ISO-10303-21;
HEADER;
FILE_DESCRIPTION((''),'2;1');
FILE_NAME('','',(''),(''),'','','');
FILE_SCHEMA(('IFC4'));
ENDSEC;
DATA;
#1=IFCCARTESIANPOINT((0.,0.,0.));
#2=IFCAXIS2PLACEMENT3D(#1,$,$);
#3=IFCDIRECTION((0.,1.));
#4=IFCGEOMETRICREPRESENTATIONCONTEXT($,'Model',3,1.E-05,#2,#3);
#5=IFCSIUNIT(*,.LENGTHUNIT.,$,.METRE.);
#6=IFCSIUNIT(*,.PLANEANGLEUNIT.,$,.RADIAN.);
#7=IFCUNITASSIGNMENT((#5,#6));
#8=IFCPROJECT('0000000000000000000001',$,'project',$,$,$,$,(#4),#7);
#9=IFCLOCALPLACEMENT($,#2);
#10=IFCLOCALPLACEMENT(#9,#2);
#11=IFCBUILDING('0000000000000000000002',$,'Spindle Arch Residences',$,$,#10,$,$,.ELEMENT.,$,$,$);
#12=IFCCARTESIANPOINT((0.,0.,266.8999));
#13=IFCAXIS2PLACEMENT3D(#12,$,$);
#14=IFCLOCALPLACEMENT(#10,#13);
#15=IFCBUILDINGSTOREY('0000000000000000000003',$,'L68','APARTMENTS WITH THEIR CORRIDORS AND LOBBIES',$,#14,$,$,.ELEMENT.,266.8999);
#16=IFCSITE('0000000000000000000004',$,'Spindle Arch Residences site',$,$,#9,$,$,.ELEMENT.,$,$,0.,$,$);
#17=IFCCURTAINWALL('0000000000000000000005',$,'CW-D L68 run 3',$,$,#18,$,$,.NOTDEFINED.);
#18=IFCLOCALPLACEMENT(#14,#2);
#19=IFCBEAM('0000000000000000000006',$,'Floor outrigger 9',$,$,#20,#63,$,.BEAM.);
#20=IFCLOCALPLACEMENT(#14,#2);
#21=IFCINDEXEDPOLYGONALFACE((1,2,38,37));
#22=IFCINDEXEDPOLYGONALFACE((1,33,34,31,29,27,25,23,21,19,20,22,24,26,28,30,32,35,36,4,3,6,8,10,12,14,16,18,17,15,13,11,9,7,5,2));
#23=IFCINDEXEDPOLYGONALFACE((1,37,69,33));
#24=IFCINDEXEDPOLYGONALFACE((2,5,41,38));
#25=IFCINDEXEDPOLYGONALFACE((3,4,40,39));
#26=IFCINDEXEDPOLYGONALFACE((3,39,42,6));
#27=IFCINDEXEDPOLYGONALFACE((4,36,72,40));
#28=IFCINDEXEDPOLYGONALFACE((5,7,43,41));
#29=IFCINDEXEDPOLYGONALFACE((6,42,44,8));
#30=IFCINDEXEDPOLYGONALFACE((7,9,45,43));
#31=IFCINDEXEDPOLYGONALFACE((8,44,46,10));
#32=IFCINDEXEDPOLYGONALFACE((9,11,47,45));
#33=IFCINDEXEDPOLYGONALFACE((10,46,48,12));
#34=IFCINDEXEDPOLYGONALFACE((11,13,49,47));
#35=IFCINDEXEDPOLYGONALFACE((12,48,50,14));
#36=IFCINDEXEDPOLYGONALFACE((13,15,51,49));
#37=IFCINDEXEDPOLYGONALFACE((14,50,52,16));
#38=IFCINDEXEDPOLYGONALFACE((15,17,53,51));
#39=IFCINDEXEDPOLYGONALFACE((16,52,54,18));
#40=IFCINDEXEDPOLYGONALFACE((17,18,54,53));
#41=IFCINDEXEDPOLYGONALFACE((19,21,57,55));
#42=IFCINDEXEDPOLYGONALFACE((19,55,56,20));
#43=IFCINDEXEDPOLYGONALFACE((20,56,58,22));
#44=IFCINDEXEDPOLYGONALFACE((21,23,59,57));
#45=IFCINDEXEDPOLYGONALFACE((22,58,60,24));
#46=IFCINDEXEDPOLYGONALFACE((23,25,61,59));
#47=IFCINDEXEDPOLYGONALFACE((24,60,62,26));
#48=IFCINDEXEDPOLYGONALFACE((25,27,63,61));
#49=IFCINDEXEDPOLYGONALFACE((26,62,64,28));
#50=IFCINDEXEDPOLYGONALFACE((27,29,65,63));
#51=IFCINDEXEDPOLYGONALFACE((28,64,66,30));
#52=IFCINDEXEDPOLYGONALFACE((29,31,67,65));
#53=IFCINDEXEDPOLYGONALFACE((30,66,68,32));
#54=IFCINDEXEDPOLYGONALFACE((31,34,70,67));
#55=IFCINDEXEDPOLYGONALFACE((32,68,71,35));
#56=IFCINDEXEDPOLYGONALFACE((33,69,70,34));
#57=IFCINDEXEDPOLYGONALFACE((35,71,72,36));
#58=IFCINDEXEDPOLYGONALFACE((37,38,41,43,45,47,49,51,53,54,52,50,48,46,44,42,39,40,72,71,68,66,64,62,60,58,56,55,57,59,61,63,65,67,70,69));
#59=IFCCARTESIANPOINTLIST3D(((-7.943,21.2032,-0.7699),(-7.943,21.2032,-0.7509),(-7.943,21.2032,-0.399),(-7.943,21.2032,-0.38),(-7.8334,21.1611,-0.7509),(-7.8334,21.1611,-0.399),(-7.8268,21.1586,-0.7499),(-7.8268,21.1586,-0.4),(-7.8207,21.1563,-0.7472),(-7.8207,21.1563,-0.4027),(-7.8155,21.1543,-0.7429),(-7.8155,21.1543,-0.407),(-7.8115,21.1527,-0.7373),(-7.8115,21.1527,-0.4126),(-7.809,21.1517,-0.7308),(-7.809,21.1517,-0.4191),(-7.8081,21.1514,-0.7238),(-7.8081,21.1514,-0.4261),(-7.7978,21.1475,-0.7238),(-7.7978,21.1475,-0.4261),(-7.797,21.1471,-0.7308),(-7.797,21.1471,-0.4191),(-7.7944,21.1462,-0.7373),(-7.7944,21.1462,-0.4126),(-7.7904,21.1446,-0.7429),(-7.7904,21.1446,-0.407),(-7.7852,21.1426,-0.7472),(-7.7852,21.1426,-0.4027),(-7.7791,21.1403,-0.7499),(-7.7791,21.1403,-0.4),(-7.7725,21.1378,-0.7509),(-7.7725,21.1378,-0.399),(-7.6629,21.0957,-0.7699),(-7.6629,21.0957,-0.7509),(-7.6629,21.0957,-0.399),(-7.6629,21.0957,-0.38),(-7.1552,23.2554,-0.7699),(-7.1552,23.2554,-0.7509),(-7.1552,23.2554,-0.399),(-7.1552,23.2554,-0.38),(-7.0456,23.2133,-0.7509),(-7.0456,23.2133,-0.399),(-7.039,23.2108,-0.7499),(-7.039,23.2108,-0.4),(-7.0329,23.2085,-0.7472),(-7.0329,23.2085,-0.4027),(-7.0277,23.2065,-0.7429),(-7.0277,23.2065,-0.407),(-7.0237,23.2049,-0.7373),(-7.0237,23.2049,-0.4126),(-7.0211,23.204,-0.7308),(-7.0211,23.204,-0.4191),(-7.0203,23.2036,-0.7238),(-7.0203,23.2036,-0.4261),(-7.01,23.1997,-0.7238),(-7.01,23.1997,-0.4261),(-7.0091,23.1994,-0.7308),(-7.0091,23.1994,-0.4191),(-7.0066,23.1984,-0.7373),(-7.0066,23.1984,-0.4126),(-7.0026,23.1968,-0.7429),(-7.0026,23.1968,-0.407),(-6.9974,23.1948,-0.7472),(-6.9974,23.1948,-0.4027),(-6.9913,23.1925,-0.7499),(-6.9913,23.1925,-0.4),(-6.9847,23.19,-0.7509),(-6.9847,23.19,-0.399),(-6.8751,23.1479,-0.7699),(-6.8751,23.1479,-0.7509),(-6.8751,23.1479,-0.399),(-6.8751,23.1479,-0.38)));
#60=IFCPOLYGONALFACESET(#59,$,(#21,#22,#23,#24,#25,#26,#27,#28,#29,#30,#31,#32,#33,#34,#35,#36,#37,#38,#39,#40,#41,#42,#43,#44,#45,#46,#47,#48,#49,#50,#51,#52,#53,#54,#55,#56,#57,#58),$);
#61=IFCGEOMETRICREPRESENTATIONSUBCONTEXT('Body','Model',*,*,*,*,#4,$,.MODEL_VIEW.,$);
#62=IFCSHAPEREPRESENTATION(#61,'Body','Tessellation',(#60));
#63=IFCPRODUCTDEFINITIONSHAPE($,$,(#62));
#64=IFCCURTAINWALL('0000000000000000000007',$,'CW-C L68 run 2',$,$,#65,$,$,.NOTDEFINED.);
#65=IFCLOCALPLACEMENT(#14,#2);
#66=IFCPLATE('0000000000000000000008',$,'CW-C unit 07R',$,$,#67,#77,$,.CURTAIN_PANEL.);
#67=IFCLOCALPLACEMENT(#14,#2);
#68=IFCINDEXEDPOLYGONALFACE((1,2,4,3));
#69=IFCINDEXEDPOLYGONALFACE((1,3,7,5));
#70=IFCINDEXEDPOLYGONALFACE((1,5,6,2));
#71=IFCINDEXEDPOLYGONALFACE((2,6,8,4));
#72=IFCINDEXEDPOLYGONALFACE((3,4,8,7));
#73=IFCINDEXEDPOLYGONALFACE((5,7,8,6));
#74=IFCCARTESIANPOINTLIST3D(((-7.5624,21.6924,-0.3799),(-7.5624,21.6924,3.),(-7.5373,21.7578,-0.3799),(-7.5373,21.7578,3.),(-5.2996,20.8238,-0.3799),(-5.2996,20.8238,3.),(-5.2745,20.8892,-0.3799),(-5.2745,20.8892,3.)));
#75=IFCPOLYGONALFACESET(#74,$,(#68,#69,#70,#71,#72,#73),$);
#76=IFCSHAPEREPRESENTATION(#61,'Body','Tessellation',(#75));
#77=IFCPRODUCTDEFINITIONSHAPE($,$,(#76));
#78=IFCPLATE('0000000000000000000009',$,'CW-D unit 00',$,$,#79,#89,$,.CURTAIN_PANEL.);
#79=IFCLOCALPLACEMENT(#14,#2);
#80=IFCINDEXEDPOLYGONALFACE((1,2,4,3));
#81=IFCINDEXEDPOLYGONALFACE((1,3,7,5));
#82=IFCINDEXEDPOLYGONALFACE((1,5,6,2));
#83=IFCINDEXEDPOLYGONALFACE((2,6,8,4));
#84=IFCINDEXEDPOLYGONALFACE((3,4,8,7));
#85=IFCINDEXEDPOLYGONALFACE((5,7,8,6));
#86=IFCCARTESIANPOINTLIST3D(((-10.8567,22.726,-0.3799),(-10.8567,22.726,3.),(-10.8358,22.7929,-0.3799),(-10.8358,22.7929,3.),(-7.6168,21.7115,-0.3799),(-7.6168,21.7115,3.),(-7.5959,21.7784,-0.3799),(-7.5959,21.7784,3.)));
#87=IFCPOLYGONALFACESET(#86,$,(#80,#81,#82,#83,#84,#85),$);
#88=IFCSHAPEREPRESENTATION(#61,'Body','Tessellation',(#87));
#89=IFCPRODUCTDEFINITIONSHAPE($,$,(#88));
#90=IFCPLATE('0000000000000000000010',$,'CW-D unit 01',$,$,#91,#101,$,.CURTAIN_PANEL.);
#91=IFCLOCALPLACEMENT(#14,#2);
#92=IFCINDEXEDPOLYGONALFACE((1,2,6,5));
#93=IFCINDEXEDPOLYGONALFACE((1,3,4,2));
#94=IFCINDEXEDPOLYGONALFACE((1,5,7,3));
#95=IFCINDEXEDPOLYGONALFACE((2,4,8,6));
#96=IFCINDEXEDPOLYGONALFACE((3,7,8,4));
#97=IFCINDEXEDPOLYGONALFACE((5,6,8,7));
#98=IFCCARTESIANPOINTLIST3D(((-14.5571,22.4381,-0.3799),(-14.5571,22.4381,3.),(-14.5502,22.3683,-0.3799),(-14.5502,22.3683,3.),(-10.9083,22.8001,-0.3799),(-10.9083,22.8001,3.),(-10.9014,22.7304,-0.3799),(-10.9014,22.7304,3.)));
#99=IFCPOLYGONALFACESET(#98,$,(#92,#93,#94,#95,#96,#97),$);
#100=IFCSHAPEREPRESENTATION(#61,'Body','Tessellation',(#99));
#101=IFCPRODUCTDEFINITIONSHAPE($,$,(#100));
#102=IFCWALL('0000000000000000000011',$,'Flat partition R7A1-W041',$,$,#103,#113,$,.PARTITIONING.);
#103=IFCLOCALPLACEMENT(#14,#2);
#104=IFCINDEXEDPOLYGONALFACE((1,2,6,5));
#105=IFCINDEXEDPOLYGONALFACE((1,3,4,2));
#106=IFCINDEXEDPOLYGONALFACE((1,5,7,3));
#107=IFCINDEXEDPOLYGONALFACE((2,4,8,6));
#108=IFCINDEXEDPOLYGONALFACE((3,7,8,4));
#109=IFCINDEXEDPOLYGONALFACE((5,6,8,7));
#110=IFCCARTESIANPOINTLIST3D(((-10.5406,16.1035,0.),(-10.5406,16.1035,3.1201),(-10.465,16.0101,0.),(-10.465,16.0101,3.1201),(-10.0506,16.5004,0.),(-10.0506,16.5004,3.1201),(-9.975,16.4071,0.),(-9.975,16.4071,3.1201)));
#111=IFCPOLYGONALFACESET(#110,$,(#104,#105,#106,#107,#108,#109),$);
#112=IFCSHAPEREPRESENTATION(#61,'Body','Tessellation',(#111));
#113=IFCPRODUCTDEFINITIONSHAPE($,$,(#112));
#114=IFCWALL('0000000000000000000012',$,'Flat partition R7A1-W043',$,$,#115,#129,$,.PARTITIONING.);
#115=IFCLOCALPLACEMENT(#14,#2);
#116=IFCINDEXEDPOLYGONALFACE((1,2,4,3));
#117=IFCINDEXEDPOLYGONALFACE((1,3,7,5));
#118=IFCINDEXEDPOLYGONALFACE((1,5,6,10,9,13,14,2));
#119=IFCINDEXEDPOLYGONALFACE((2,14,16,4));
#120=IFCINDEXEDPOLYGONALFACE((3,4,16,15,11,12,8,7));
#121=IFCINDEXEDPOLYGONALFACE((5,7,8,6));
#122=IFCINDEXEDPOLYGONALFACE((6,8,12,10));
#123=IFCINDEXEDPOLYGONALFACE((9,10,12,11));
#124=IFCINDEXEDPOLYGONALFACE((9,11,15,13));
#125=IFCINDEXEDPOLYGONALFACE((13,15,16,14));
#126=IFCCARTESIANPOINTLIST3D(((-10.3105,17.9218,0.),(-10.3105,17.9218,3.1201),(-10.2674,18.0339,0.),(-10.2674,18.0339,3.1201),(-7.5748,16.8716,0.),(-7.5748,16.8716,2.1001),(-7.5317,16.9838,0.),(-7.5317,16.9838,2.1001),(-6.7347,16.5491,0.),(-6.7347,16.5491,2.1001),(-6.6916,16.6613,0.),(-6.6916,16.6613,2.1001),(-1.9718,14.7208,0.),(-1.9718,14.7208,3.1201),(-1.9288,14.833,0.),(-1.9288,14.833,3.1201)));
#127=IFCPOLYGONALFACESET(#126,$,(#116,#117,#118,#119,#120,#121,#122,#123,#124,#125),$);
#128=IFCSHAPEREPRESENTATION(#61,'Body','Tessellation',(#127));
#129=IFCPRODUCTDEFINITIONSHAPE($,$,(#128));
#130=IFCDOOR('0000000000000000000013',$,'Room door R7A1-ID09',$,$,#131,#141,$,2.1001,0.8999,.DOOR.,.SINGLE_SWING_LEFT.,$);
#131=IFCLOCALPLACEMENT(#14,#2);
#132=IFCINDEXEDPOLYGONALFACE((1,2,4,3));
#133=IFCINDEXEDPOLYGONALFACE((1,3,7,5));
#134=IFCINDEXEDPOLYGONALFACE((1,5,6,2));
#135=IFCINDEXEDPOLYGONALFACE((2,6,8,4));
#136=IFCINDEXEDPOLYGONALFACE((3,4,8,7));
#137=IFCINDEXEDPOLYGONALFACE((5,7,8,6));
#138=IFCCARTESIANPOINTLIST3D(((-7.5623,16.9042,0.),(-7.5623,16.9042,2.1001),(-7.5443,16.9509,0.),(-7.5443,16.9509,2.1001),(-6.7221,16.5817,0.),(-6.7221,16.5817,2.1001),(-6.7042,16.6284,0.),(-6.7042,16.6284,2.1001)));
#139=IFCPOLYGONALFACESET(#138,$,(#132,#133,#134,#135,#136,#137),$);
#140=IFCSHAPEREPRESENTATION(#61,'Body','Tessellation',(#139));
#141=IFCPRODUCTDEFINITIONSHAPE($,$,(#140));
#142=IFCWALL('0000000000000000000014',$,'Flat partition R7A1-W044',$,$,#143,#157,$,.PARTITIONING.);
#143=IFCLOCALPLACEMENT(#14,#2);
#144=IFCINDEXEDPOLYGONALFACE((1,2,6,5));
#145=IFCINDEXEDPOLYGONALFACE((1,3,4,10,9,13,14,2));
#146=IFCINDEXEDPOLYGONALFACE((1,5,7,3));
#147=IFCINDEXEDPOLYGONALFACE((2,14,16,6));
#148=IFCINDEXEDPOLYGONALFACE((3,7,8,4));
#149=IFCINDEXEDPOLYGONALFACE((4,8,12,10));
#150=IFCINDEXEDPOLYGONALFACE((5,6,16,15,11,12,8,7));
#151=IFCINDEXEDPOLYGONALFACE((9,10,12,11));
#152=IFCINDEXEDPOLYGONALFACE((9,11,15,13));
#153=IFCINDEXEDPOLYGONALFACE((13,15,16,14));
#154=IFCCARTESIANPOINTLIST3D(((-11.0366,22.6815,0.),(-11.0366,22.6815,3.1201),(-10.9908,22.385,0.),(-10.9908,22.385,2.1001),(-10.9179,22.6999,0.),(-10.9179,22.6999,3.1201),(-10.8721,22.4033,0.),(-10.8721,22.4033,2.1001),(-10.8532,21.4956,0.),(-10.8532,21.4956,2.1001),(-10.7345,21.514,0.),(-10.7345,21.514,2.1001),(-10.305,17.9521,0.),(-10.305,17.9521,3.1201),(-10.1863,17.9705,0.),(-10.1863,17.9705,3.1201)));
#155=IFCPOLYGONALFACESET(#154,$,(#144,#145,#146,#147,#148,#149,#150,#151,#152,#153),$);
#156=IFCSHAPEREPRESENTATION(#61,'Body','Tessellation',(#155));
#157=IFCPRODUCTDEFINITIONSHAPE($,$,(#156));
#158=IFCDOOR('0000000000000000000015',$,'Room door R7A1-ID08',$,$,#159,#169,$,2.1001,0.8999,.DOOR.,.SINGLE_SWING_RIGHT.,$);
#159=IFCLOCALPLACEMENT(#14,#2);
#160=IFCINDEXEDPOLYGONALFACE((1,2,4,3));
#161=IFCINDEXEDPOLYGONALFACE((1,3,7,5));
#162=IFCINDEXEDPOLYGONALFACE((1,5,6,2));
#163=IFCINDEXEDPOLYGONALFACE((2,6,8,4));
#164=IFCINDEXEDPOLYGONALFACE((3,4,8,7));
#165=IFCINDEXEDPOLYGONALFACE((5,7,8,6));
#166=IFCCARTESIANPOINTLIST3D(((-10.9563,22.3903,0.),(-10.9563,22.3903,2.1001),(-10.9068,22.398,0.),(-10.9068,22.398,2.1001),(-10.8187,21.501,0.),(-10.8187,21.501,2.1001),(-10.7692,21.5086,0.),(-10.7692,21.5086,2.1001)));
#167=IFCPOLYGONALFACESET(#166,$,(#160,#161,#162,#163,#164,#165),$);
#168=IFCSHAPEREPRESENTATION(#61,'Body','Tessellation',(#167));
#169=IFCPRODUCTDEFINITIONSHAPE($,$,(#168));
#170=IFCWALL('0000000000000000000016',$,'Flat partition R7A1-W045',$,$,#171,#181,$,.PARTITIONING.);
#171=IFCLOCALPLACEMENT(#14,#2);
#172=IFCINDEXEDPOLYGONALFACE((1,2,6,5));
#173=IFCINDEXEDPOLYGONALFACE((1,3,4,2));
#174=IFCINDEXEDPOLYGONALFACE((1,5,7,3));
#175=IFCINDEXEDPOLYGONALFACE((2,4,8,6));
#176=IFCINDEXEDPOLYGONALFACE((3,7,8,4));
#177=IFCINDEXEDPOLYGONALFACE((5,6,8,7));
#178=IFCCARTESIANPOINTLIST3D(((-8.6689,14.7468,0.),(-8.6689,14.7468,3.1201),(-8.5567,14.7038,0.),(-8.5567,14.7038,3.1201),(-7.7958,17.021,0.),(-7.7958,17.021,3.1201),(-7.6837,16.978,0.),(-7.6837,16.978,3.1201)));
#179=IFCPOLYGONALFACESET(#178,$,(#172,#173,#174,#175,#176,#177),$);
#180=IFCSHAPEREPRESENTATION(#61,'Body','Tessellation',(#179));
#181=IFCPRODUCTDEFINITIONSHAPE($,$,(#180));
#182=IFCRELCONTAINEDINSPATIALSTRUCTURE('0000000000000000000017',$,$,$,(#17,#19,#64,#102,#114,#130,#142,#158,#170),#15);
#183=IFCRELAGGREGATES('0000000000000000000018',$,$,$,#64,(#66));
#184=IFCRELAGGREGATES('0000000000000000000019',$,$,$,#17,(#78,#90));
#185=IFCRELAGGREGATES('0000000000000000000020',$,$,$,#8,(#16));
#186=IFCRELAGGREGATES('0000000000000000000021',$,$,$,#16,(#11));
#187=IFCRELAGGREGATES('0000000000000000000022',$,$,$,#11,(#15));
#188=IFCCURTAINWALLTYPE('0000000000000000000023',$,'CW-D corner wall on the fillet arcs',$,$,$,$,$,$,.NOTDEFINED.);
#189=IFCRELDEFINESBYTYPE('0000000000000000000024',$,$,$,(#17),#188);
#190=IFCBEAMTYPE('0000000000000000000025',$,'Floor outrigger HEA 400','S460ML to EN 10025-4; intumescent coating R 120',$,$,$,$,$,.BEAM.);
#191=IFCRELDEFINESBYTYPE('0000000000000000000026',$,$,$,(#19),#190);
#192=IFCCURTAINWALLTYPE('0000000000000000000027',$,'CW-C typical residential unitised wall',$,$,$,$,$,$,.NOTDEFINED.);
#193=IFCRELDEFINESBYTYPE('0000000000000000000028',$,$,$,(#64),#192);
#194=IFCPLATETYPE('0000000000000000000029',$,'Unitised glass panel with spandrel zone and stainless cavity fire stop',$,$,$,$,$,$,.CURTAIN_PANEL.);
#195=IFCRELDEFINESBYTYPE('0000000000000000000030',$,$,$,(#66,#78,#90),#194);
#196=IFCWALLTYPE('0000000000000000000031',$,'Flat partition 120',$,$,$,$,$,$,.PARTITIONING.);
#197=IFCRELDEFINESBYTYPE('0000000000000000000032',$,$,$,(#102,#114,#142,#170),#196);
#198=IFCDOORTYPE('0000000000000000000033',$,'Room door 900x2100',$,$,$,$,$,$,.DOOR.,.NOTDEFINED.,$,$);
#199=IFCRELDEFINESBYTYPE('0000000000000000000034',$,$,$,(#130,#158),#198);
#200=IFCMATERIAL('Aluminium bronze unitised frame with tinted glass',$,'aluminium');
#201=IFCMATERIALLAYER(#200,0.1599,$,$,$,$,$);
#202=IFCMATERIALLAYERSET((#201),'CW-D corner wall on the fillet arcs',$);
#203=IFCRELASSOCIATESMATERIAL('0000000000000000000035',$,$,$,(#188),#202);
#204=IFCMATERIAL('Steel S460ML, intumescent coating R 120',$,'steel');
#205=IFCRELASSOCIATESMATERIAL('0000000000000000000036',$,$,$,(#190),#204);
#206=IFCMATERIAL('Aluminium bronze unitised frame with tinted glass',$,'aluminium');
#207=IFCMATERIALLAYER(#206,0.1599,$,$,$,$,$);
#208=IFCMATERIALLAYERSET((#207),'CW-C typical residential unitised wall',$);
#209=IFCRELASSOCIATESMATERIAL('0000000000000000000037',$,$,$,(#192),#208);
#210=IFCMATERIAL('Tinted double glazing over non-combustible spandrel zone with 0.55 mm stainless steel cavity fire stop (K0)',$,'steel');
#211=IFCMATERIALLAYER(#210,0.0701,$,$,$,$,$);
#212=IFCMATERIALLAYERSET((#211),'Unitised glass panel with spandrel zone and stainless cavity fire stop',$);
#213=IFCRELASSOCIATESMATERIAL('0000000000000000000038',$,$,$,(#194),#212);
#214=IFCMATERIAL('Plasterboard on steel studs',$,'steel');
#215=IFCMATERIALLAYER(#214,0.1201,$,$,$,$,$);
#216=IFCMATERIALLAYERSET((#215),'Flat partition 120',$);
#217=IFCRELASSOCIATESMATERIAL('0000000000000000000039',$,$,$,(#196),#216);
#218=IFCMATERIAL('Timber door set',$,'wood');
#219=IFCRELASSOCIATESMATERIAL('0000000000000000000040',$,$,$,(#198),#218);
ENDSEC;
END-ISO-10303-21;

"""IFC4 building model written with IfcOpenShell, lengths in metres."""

from ifc_helpers import new_model, si_unit, direction, frame, frame_2d, origin, origin_2d, place, context, subcontext, project, spatial, rectangle, i_section, extrude, material, layer, layer_set, material_profile, profile_set, type_object, element, fill, aggregate, save


model = new_model("IFC4")

# Units and contexts
model_context = context("Model", 3, precision=1e-05, world=origin(), true_north=direction((0.0, 1.0)))
body_context = subcontext(model_context, "Body", "Model", "MODEL_VIEW")
ifc_project = project(units=[si_unit("LENGTHUNIT", "METRE"), si_unit("PLANEANGLEUNIT", "RADIAN")], contexts=[model_context])

# Site, building, storey
site_placement = place(None, origin())
site = spatial("IfcSite", under=ifc_project, at=site_placement, Name="Spindle Arch Residences site", CompositionType="ELEMENT", RefElevation=0.0)
building_placement = place(site_placement, origin())
building = spatial("IfcBuilding", under=site, at=building_placement, Name="Spindle Arch Residences", CompositionType="ELEMENT")
storey_placement = place(building_placement, frame((0.0, 0.0, 266.8999)))
storey = spatial("IfcBuildingStorey", under=building, at=storey_placement, Name="L68", Description="APARTMENTS WITH THEIR CORRIDORS AND LOBBIES", CompositionType="ELEMENT", Elevation=266.8999)

# Curtain wall
ifc_material_1 = material(Name="Aluminium bronze unitised frame with tinted glass", Category="aluminium")
ifc_layer_1 = layer(ifc_material_1, 0.1599)
ifc_layer_set_1 = layer_set([ifc_layer_1], Name="CW-D corner wall on the fillet arcs")
curtain_wall_type_1 = type_object("IfcCurtainWallType", Name="CW-D corner wall on the fillet arcs", PredefinedType="NOTDEFINED", material=ifc_layer_set_1)
curtain_wall_1_placement = place(storey_placement, origin())
curtain_wall_1 = element("IfcCurtainWall", 1, at=curtain_wall_1_placement, inside=storey, type_object=curtain_wall_type_1, Name="CW-D L68 run 3", PredefinedType="NOTDEFINED")

# Beam
ifc_material_2 = material(Name="Steel S460ML, intumescent coating R 120", Category="steel")
ifc_material_profile_1 = material_profile(ifc_material_2, i_section(OverallWidth=0.3, OverallDepth=0.3899, WebThickness=0.011, FlangeThickness=0.019, FilletRadius=0.0271, at=origin_2d()), Name="HEA 400")
ifc_profile_set_1 = profile_set([ifc_material_profile_1], Name="Steel S460ML, intumescent coating R 120")
beam_type_1 = type_object("IfcBeamType", Name="Floor outrigger HEA 400", Description="S460ML to EN 10025-4; intumescent coating R 120", PredefinedType="BEAM", material=ifc_profile_set_1)
beam_1_placement = place(storey_placement, frame((-7.0151, 23.2017, -0.575), z_axis=(-0.358391, -0.933572, 0.0), x_axis=(0.933572, -0.358391, 0.0)))
element("IfcBeam", 2, at=beam_1_placement, inside=storey, type_object=beam_type_1, Name="Floor outrigger 9", PredefinedType="BEAM", context=body_context, shape_type="SweptSolid", body=[
    extrude(i_section(OverallWidth=0.3, OverallDepth=0.3899, WebThickness=0.011, FlangeThickness=0.019, FilletRadius=0.0271, at=origin_2d()), origin(), (0.0, 0.0, 1.0), 2.1982),
])

# Curtain wall, plate
ifc_material_3 = material(Name="Aluminium bronze unitised frame with tinted glass", Category="aluminium")
ifc_layer_2 = layer(ifc_material_3, 0.1599)
ifc_layer_set_2 = layer_set([ifc_layer_2], Name="CW-C typical residential unitised wall")
curtain_wall_type_2 = type_object("IfcCurtainWallType", Name="CW-C typical residential unitised wall", PredefinedType="NOTDEFINED", material=ifc_layer_set_2)
curtain_wall_2_placement = place(storey_placement, origin())
curtain_wall_2 = element("IfcCurtainWall", 3, at=curtain_wall_2_placement, inside=storey, type_object=curtain_wall_type_2, Name="CW-C L68 run 2", PredefinedType="NOTDEFINED")
ifc_material_4 = material(Name="Tinted double glazing over non-combustible spandrel zone with 0.55 mm stainless steel cavity fire stop (K0)", Category="steel")
ifc_layer_3 = layer(ifc_material_4, 0.0701)
ifc_layer_set_3 = layer_set([ifc_layer_3], Name="Unitised glass panel with spandrel zone and stainless cavity fire stop")
plate_type = type_object("IfcPlateType", Name="Unitised glass panel with spandrel zone and stainless cavity fire stop", PredefinedType="CURTAIN_PANEL", material=ifc_layer_set_3)
plate_1_placement = place(storey_placement, frame((-6.4185, 21.2908, -0.3799), z_axis=(0.0, 0.0, 1.0), x_axis=(-0.93358, 0.358368, 0.0)))
plate_1 = element("IfcPlate", 4, at=plate_1_placement, type_object=plate_type, Name="CW-C unit 07R", PredefinedType="CURTAIN_PANEL", context=body_context, shape_type="SweptSolid", body=[
    extrude(rectangle(XDim=2.4238, YDim=0.0701, at=origin_2d()), origin(), (0.0, 0.0, 1.0), 3.3799),
])
aggregate(curtain_wall_2, [plate_1])

# Plates
plate_2_placement = place(storey_placement, frame((-9.2263, 22.2522, -0.3799), z_axis=(0.0, 0.0, 1.0), x_axis=(-0.954315, 0.298803, 0.0)))
plate_2 = element("IfcPlate", 5, at=plate_2_placement, type_object=plate_type, Name="CW-D unit 00", PredefinedType="CURTAIN_PANEL", context=body_context, shape_type="SweptSolid", body=[
    extrude(rectangle(XDim=3.395, YDim=0.0701, at=origin_2d()), origin(), (0.0, 0.0, 1.0), 3.3799),
])
plate_3_placement = place(storey_placement, frame((-12.7292, 22.5842, -0.3799), z_axis=(0.0, 0.0, 1.0), x_axis=(-0.995113, -0.098741, 0.0)))
plate_3 = element("IfcPlate", 6, at=plate_3_placement, type_object=plate_type, Name="CW-D unit 01", PredefinedType="CURTAIN_PANEL", context=body_context, shape_type="SweptSolid", body=[
    extrude(rectangle(XDim=3.6667, YDim=0.0701, at=origin_2d()), origin(), (0.0, 0.0, 1.0), 3.3799),
])
aggregate(curtain_wall_1, [plate_2, plate_3])

# Wall
ifc_material_5 = material(Name="Plasterboard on steel studs", Category="steel")
ifc_layer_4 = layer(ifc_material_5, 0.1201)
ifc_layer_set_4 = layer_set([ifc_layer_4], Name="Flat partition 120")
wall_type = type_object("IfcWallType", Name="Flat partition 120", PredefinedType="PARTITIONING", material=ifc_layer_set_4)
wall_1_placement = place(storey_placement, frame((-10.0127, 16.4539, 0.0), z_axis=(0.0, 0.0, 1.0), x_axis=(-0.777001, -0.629499, 0.0)))
element("IfcWall", 7, at=wall_1_placement, inside=storey, type_object=wall_type, Name="Flat partition R7A1-W041", PredefinedType="PARTITIONING", context=body_context, shape_type="SweptSolid", body=[
    extrude(rectangle(XDim=0.6306, YDim=0.1201, at=frame_2d((0.3154, 0.0))), origin(), (0.0, 0.0, 1.0), 3.1201),
])

# Walls, openings, doors
wall_2_placement = place(storey_placement, frame((-10.2888, 17.9778, 0.0), z_axis=(0.0, 0.0, 1.0), x_axis=(0.933579, -0.358371, 0.0)))
wall_2 = element("IfcWall", 8, at=wall_2_placement, inside=storey, type_object=wall_type, Name="Flat partition R7A1-W043", PredefinedType="PARTITIONING", context=body_context, shape_type="SweptSolid", body=[
    extrude(rectangle(XDim=8.9319, YDim=0.1201, at=frame_2d((4.4658, 0.0))), origin(), (0.0, 0.0, 1.0), 3.1201),
])
opening_1_placement = place(wall_2_placement, frame((2.9302, 0.0, 0.0)))
opening_1 = element("IfcOpeningElement", 9, at=opening_1_placement, cuts=wall_2, PredefinedType="OPENING", context=body_context, shape_type="SweptSolid", body=[
    extrude(rectangle(XDim=0.8999, YDim=2.1001, at=frame_2d((0.45, 1.05))), frame((0.0, 0.0701, 0.0), z_axis=(0.0, -1.0, 0.0), x_axis=(1.0, 0.0, 0.0)), (0.0, 0.0, 1.0), 0.1401),
])
ifc_material_6 = material(Name="Timber door set", Category="wood")
door_type = type_object("IfcDoorType", Name="Room door 900x2100", OperationType="NOTDEFINED", PredefinedType="DOOR", material=ifc_material_6)
door_1_placement = place(opening_1_placement, origin())
door_1 = element("IfcDoor", 10, at=door_1_placement, inside=storey, type_object=door_type, Name="Room door R7A1-ID09", OperationType="SINGLE_SWING_LEFT", OverallHeight=2.1001, OverallWidth=0.8999, PredefinedType="DOOR", context=body_context, shape_type="SweptSolid", body=[
    extrude(rectangle(XDim=0.8999, YDim=2.1001, at=frame_2d((0.45, 1.05))), frame((0.0, 0.0249, 0.0), z_axis=(0.0, -1.0, 0.0), x_axis=(1.0, 0.0, 0.0)), (0.0, 0.0, 1.0), 0.05),
])
fill(opening_1, door_1)
wall_3_placement = place(storey_placement, frame((-10.9773, 22.6907, 0.0), z_axis=(0.0, 0.0, 1.0), x_axis=(0.152889, -0.988243, 0.0)))
wall_3 = element("IfcWall", 11, at=wall_3_placement, inside=storey, type_object=wall_type, Name="Flat partition R7A1-W044", PredefinedType="PARTITIONING", context=body_context, shape_type="SweptSolid", body=[
    extrude(rectangle(XDim=4.7856, YDim=0.1201, at=frame_2d((2.3928, 0.0))), origin(), (0.0, 0.0, 1.0), 3.1201),
])
opening_2_placement = place(wall_3_placement, frame((0.3, 0.0, 0.0)))
opening_2 = element("IfcOpeningElement", 12, at=opening_2_placement, cuts=wall_3, PredefinedType="OPENING", context=body_context, shape_type="SweptSolid", body=[
    extrude(rectangle(XDim=0.8999, YDim=2.1001, at=frame_2d((0.45, 1.05))), frame((0.0, 0.0701, 0.0), z_axis=(0.0, -1.0, 0.0), x_axis=(1.0, 0.0, 0.0)), (0.0, 0.0, 1.0), 0.1401),
])
door_2_placement = place(opening_2_placement, origin())
door_2 = element("IfcDoor", 13, at=door_2_placement, inside=storey, type_object=door_type, Name="Room door R7A1-ID08", OperationType="SINGLE_SWING_RIGHT", OverallHeight=2.1001, OverallWidth=0.8999, PredefinedType="DOOR", context=body_context, shape_type="SweptSolid", body=[
    extrude(rectangle(XDim=0.8999, YDim=2.1001, at=frame_2d((0.45, 1.05))), frame((0.0, 0.0249, 0.0), z_axis=(0.0, -1.0, 0.0), x_axis=(1.0, 0.0, 0.0)), (0.0, 0.0, 1.0), 0.05),
])
fill(opening_2, door_2)

# Wall
wall_4_placement = place(storey_placement, frame((-7.7397, 16.9995, 0.0), z_axis=(0.0, 0.0, 1.0), x_axis=(-0.358395, -0.93357, 0.0)))
element("IfcWall", 14, at=wall_4_placement, inside=storey, type_object=wall_type, Name="Flat partition R7A1-W045", PredefinedType="PARTITIONING", context=body_context, shape_type="SweptSolid", body=[
    extrude(rectangle(XDim=2.436, YDim=0.1201, at=frame_2d((1.218, 0.0))), origin(), (0.0, 0.0, 1.0), 3.1201),
])

save(model, "model.ifc")
